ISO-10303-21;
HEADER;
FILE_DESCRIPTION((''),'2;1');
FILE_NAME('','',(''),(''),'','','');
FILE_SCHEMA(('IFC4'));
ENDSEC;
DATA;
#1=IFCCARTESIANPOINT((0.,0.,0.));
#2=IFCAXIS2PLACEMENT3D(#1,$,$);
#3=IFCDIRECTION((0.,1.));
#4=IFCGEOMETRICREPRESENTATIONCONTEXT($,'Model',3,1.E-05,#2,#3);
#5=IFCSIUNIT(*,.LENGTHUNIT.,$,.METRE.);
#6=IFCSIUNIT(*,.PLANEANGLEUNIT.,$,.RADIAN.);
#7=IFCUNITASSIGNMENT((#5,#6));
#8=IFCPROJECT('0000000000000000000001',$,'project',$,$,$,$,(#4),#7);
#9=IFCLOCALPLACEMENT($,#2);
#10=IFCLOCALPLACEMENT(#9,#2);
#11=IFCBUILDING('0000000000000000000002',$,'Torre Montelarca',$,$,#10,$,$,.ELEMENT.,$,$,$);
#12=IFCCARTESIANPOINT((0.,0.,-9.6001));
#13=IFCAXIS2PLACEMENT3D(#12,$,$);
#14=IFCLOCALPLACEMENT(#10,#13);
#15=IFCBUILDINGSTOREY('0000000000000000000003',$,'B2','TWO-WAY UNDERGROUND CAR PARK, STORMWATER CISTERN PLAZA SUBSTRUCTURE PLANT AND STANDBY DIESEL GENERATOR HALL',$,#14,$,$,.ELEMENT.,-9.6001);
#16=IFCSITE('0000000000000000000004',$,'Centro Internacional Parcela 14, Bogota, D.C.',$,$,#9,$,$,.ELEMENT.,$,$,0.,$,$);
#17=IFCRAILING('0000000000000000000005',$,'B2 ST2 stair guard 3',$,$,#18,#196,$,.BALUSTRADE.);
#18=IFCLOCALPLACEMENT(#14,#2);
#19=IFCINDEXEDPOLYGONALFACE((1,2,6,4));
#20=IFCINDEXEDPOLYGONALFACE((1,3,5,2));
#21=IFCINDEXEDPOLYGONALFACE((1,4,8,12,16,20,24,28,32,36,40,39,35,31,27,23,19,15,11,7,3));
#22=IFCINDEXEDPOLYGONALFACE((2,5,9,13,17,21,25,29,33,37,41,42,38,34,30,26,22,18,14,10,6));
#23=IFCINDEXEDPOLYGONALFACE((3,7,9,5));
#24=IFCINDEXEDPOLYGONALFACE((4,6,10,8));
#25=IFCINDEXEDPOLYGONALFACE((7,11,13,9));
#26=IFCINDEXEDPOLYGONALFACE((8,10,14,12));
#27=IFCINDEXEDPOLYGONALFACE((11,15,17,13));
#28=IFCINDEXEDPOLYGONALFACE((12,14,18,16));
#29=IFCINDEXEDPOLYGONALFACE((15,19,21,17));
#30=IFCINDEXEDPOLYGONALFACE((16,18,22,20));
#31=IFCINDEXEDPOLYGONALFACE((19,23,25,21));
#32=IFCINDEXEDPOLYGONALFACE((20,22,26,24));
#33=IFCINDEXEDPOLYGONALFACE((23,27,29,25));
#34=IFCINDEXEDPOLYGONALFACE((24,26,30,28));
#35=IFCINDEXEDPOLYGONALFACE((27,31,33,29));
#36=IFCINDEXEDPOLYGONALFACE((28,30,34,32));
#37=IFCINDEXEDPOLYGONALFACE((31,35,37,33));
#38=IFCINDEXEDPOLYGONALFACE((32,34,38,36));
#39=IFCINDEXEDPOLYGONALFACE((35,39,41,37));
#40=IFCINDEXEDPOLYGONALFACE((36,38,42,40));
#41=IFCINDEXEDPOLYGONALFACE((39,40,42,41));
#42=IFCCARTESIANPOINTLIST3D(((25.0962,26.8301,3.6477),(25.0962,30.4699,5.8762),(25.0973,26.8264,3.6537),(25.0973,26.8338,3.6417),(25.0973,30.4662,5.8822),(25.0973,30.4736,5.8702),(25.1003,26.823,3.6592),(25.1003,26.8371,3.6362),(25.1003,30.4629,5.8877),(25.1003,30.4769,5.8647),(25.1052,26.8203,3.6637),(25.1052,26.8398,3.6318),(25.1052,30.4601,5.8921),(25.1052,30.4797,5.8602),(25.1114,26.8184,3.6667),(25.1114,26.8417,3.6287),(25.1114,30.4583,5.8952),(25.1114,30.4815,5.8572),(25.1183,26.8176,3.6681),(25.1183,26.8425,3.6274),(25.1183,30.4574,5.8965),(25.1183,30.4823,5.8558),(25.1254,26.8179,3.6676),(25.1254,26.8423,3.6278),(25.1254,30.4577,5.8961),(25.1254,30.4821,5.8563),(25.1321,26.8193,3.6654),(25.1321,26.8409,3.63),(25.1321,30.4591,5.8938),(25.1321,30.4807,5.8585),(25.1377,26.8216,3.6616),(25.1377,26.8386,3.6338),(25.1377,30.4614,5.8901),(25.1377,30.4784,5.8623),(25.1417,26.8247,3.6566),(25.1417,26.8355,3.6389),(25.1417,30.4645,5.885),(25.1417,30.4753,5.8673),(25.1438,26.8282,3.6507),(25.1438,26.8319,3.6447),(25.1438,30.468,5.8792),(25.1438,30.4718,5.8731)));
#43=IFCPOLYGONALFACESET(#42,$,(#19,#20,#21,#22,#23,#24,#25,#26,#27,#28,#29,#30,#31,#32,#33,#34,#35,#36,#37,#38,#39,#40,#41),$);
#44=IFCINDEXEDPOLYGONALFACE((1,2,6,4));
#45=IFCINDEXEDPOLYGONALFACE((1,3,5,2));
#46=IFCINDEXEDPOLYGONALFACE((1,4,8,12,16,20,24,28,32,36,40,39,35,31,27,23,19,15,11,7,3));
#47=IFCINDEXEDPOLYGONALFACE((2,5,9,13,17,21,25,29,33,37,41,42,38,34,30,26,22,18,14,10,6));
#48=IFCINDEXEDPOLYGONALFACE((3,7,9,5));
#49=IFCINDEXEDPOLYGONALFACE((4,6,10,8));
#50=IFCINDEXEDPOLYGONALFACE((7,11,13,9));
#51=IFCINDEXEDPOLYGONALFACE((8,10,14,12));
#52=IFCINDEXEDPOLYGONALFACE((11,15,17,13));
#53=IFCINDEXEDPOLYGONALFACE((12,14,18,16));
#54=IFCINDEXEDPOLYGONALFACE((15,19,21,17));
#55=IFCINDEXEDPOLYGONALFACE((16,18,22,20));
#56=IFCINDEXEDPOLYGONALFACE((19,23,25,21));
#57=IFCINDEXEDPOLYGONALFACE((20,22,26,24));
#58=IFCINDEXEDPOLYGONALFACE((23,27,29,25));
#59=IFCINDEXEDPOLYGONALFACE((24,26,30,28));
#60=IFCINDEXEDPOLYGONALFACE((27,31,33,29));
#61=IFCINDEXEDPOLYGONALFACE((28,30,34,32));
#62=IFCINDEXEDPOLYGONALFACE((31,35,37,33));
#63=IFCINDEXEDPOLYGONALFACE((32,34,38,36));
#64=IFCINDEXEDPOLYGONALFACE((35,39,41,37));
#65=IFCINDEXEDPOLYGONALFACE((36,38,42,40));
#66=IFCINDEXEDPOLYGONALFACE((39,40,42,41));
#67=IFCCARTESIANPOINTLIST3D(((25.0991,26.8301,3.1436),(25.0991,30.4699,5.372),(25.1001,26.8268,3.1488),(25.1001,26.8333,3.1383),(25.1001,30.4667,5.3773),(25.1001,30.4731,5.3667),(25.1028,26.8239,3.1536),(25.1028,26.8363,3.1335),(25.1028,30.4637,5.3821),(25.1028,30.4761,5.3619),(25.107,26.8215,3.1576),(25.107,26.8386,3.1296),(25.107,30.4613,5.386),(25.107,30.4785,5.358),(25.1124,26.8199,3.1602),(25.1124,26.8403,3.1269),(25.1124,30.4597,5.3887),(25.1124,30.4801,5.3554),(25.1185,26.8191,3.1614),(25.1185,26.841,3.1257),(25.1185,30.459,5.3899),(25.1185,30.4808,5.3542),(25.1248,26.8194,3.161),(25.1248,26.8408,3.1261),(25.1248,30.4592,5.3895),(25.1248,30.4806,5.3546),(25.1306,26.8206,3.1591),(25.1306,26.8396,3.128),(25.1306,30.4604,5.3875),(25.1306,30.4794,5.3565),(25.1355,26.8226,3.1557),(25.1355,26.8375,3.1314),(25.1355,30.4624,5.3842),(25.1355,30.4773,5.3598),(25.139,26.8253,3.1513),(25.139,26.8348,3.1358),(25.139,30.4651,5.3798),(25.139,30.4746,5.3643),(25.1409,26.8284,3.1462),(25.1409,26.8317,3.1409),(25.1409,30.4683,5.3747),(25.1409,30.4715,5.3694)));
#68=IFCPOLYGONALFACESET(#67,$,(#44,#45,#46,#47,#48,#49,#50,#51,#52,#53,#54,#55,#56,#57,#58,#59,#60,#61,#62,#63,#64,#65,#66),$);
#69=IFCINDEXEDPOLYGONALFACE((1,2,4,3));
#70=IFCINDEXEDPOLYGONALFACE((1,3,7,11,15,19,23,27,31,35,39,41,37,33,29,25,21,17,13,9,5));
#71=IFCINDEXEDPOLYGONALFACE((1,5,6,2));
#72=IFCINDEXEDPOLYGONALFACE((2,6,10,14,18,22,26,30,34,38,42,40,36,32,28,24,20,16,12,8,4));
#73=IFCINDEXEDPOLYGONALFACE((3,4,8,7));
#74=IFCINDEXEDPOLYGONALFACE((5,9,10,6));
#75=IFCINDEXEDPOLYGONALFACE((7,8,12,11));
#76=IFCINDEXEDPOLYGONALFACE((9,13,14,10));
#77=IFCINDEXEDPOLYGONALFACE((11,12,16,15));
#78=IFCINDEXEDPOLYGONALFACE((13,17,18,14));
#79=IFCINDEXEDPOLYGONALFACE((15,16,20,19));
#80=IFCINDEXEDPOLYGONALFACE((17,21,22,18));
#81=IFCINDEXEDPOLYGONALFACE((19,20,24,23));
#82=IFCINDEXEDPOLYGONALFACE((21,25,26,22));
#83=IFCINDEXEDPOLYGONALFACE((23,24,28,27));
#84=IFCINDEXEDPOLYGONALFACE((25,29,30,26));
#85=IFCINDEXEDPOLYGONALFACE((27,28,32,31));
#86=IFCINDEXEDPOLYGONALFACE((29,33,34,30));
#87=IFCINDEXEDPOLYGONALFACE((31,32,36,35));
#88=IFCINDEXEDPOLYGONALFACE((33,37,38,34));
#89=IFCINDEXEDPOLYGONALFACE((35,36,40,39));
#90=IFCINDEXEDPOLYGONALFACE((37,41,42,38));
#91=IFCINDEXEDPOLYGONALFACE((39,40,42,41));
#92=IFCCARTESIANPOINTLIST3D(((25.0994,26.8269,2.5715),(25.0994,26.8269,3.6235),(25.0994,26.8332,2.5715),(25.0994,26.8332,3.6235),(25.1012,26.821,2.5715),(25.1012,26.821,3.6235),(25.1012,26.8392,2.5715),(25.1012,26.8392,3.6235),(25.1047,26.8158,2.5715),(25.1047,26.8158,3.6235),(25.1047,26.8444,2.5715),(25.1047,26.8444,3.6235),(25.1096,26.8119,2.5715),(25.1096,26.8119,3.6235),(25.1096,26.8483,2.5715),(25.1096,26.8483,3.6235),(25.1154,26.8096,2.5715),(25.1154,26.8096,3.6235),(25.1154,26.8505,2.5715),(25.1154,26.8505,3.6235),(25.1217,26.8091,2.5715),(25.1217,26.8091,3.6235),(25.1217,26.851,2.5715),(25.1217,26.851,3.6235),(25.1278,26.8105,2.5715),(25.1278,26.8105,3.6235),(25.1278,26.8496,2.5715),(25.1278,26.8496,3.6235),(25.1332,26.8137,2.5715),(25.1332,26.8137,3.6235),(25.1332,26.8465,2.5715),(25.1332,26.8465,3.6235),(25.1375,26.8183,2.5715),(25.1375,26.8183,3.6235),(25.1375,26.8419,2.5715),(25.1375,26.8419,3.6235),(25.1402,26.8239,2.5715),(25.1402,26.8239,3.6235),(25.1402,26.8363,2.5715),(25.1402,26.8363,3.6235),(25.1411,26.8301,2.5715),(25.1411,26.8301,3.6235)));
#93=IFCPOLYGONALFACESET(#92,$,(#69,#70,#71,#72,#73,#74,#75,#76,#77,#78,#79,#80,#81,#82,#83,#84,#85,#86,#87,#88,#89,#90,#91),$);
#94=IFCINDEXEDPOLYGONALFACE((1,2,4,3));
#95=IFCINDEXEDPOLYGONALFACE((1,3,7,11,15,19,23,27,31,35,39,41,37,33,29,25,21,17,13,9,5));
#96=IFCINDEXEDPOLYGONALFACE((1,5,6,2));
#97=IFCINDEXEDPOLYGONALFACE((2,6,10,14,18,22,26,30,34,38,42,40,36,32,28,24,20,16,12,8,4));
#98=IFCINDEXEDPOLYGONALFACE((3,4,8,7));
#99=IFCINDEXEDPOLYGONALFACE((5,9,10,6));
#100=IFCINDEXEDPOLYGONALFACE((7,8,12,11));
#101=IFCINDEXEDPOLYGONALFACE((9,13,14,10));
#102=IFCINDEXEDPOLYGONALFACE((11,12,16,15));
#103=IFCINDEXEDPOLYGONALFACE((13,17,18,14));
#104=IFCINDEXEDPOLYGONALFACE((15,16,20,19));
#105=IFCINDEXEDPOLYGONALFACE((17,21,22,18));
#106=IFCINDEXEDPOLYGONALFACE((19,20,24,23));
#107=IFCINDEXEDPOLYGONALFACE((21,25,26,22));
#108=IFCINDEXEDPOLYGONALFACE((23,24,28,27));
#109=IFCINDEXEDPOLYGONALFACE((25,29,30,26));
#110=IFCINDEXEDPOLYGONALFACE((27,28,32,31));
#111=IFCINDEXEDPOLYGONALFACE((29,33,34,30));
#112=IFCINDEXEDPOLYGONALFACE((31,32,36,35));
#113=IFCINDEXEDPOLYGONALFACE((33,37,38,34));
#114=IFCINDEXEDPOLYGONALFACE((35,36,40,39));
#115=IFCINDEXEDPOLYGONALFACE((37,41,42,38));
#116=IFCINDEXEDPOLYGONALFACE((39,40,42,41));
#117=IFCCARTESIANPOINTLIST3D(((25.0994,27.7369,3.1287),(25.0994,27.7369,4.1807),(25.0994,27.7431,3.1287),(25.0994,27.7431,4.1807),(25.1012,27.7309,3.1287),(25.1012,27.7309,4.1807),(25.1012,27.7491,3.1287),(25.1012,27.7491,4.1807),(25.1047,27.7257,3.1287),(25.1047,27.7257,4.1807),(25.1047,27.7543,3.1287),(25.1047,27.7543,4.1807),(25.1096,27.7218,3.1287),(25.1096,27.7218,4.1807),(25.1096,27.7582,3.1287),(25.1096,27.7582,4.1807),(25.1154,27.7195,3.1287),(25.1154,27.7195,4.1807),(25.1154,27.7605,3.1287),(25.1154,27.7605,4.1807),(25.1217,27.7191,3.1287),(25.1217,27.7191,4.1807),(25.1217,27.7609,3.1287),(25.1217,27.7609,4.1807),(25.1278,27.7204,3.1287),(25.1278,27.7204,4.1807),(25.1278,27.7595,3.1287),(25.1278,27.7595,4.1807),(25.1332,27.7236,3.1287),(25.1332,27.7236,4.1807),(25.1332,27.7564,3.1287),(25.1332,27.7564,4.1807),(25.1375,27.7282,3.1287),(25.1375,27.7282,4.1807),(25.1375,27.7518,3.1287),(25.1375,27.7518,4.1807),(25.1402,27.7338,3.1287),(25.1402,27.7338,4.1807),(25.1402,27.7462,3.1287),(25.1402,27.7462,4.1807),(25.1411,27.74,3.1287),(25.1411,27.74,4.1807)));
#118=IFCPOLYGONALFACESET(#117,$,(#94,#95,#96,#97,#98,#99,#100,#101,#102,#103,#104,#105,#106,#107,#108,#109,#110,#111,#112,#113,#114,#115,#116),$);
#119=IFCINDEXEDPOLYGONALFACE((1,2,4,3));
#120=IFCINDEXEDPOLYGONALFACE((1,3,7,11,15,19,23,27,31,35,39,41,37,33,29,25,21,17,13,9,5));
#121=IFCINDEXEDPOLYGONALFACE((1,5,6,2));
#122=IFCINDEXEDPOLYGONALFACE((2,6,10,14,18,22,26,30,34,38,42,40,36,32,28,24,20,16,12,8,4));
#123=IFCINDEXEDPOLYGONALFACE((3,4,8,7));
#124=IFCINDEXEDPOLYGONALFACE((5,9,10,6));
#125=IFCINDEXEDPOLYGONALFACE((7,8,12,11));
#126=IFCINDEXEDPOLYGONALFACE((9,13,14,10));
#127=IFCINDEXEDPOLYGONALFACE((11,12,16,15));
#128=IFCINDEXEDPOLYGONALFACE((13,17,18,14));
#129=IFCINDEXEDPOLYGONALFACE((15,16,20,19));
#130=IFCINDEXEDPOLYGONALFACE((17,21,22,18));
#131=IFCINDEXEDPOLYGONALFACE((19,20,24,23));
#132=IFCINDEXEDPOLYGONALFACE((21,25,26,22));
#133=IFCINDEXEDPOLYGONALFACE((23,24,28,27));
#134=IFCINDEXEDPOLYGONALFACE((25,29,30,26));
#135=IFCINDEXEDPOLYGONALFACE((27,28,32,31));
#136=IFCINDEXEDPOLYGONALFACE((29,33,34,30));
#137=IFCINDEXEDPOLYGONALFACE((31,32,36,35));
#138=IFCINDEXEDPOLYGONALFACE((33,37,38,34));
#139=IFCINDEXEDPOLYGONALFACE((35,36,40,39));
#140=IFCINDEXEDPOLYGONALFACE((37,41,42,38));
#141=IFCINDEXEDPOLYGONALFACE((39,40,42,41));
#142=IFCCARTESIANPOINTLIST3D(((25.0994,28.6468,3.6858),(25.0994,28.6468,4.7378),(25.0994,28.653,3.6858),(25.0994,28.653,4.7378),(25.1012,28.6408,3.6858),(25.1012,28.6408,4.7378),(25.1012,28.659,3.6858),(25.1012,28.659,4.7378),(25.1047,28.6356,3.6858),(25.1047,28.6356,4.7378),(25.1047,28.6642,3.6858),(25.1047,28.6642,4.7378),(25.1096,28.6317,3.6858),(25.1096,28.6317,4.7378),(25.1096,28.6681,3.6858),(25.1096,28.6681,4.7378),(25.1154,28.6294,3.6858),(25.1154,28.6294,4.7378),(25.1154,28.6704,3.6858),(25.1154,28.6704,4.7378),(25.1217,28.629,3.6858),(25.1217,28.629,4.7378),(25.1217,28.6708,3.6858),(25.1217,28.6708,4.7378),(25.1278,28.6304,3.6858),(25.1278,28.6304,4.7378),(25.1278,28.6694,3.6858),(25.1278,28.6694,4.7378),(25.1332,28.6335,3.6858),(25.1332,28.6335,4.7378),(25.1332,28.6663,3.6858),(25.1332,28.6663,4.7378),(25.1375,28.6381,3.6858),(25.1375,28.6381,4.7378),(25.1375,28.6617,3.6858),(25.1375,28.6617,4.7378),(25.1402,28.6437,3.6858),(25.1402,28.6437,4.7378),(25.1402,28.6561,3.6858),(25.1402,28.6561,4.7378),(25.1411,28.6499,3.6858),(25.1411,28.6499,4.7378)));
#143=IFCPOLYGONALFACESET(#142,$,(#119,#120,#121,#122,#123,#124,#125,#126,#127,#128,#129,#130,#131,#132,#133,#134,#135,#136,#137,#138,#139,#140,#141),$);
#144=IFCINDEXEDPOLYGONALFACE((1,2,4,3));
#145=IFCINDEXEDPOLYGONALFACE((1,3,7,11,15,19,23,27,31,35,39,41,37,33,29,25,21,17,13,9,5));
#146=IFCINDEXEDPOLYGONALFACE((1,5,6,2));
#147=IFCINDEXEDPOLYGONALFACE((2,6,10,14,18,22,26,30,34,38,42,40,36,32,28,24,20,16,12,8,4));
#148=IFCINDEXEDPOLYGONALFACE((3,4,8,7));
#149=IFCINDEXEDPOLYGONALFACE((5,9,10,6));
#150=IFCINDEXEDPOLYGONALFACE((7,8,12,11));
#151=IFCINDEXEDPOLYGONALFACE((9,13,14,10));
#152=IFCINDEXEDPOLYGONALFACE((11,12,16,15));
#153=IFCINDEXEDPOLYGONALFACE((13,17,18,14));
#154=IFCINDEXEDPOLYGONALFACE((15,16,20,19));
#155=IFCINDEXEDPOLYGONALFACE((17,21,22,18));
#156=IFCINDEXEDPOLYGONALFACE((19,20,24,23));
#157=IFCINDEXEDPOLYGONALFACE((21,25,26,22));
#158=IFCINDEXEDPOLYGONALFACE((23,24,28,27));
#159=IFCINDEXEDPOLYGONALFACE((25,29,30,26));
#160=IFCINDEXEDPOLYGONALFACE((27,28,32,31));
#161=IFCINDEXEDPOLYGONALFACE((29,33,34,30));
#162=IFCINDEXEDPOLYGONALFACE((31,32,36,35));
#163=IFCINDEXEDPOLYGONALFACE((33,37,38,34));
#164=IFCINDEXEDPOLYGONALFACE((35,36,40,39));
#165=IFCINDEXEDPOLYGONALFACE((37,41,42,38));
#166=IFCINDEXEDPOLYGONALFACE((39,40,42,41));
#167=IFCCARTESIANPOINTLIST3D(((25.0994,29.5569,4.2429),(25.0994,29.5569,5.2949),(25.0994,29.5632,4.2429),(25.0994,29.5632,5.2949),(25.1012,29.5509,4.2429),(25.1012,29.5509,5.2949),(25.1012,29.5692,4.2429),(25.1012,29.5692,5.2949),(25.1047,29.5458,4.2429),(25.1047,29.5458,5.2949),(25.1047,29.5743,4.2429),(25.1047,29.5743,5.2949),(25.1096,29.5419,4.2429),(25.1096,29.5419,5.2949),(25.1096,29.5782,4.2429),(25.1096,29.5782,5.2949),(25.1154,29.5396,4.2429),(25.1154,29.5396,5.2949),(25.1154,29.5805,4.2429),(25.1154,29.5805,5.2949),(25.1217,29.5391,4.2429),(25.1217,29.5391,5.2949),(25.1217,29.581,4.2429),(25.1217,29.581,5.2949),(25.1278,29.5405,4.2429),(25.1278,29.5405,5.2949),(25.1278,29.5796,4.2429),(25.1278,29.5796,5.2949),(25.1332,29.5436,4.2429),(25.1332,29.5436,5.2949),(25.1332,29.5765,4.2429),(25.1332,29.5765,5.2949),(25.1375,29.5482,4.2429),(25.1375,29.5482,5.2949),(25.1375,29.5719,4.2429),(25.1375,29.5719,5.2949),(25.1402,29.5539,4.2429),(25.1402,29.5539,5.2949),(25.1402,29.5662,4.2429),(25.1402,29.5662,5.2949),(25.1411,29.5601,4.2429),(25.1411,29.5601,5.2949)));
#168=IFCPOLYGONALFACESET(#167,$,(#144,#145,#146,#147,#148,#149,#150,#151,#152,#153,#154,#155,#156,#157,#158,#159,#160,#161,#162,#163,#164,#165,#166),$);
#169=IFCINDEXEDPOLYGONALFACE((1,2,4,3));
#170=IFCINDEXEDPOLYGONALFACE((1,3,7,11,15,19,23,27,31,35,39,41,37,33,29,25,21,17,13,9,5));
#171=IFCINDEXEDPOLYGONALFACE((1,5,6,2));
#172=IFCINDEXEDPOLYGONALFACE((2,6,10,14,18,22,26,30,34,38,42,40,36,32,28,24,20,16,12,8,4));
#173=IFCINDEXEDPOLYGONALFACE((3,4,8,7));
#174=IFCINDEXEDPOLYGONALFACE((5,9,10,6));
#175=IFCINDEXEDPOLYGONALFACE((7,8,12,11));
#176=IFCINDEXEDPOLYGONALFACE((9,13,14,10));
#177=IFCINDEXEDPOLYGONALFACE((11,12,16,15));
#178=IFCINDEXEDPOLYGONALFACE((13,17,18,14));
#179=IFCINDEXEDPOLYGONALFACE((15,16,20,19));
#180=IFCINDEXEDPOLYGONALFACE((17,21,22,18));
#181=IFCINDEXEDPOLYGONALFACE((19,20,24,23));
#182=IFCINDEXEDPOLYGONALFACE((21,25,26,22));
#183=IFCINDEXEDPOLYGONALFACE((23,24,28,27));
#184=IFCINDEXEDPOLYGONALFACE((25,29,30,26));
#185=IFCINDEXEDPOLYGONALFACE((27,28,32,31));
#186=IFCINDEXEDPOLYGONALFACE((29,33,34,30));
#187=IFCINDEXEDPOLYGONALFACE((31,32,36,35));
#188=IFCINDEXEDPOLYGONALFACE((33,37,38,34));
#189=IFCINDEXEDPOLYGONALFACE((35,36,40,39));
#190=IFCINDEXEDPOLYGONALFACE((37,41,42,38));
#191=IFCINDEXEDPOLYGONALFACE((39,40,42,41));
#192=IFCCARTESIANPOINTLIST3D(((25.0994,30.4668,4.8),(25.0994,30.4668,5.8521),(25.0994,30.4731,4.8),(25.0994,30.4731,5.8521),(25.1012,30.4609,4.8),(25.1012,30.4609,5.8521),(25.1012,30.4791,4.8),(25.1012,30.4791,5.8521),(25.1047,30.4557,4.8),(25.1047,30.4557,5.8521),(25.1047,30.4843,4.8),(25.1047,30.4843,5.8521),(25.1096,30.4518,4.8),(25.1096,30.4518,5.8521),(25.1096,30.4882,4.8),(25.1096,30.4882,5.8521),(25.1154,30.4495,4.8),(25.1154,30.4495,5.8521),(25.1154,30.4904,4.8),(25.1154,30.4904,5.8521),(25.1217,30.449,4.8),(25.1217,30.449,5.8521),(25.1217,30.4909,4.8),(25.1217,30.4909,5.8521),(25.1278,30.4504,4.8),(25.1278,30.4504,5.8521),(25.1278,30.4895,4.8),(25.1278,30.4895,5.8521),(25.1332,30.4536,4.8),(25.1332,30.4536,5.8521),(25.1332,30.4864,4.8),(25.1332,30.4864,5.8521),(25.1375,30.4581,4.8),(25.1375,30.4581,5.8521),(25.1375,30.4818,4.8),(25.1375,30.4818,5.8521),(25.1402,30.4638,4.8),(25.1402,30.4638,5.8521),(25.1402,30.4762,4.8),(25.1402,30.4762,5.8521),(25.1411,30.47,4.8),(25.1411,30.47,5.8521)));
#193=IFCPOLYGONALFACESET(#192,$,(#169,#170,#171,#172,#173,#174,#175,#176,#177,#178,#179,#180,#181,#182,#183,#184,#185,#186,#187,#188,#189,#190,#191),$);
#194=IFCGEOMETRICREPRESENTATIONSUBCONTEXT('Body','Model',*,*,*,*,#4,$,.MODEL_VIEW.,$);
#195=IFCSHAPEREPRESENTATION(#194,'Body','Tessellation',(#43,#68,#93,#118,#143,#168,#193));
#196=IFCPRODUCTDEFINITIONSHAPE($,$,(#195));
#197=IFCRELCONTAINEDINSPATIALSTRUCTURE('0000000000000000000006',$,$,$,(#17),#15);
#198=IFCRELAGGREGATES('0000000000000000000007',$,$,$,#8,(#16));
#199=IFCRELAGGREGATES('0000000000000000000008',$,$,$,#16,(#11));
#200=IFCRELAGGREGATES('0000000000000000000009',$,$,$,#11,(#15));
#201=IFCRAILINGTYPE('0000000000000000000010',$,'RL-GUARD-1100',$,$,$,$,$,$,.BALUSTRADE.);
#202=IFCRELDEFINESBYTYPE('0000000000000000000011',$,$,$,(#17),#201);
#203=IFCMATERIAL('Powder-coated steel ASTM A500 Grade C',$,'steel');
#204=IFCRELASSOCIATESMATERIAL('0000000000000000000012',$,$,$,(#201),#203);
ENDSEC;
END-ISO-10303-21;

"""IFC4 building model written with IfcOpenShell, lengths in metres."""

from ifc_helpers import new_model, si_unit, direction, frame, origin, origin_2d, place, context, subcontext, project, spatial, circle, extrude, material, type_object, element, save


model = new_model("IFC4")

# Units and contexts
model_context = context("Model", 3, precision=1e-05, world=origin(), true_north=direction((0.0, 1.0)))
body_context = subcontext(model_context, "Body", "Model", "MODEL_VIEW")
ifc_project = project(units=[si_unit("LENGTHUNIT", "METRE"), si_unit("PLANEANGLEUNIT", "RADIAN")], contexts=[model_context])

# Site, building, storey
site_placement = place(None, origin())
site = spatial("IfcSite", under=ifc_project, at=site_placement, Name="Centro Internacional Parcela 14, Bogota, D.C.", CompositionType="ELEMENT", RefElevation=0.0)
building_placement = place(site_placement, origin())
building = spatial("IfcBuilding", under=site, at=building_placement, Name="Torre Montelarca", CompositionType="ELEMENT")
storey_placement = place(building_placement, frame((0.0, 0.0, -9.6001)))
storey = spatial("IfcBuildingStorey", under=building, at=storey_placement, Name="B2", Description="TWO-WAY UNDERGROUND CAR PARK, STORMWATER CISTERN PLAZA SUBSTRUCTURE PLANT AND STANDBY DIESEL GENERATOR HALL", CompositionType="ELEMENT", Elevation=-9.6001)

# Railing
ifc_material_1 = material(Name="Powder-coated steel ASTM A500 Grade C", Category="steel")
railing_type_1 = type_object("IfcRailingType", Name="RL-GUARD-1100", PredefinedType="BALUSTRADE", material=ifc_material_1)
railing_1_placement = place(storey_placement, frame((25.1201, 26.8301, 2.5715)))
element("IfcRailing", 1, at=railing_1_placement, inside=storey, type_object=railing_type_1, Name="B2 ST2 stair guard 3", PredefinedType="BALUSTRADE", context=body_context, shape_type="SweptSolid", body=[
    extrude(circle(Radius=0.0239, at=origin_2d()), frame((0.0, 0.0, 1.0762), z_axis=(0.0, 0.85285, 0.522156), x_axis=(-1.0, 0.0, 0.0)), (0.0, 0.0, 1.0), 4.2678),
    extrude(circle(Radius=0.021, at=origin_2d()), frame((0.0, 0.0, 0.572), z_axis=(0.0, 0.85285, 0.522156), x_axis=(-1.0, 0.0, 0.0)), (0.0, 0.0, 1.0), 4.2678),
    extrude(circle(Radius=0.021, at=origin_2d()), origin(), (0.0, 0.0, 1.0), 1.052),
    extrude(circle(Radius=0.021, at=origin_2d()), frame((0.0, 0.9099, 0.5571)), (0.0, 0.0, 1.0), 1.052),
    extrude(circle(Radius=0.021, at=origin_2d()), frame((0.0, 1.8198, 1.1143)), (0.0, 0.0, 1.0), 1.052),
    extrude(circle(Radius=0.021, at=origin_2d()), frame((0.0, 2.73, 1.6714)), (0.0, 0.0, 1.0), 1.052),
    extrude(circle(Radius=0.021, at=origin_2d()), frame((0.0, 3.6399, 2.2285)), (0.0, 0.0, 1.0), 1.052),
])

save(model, "model.ifc")
